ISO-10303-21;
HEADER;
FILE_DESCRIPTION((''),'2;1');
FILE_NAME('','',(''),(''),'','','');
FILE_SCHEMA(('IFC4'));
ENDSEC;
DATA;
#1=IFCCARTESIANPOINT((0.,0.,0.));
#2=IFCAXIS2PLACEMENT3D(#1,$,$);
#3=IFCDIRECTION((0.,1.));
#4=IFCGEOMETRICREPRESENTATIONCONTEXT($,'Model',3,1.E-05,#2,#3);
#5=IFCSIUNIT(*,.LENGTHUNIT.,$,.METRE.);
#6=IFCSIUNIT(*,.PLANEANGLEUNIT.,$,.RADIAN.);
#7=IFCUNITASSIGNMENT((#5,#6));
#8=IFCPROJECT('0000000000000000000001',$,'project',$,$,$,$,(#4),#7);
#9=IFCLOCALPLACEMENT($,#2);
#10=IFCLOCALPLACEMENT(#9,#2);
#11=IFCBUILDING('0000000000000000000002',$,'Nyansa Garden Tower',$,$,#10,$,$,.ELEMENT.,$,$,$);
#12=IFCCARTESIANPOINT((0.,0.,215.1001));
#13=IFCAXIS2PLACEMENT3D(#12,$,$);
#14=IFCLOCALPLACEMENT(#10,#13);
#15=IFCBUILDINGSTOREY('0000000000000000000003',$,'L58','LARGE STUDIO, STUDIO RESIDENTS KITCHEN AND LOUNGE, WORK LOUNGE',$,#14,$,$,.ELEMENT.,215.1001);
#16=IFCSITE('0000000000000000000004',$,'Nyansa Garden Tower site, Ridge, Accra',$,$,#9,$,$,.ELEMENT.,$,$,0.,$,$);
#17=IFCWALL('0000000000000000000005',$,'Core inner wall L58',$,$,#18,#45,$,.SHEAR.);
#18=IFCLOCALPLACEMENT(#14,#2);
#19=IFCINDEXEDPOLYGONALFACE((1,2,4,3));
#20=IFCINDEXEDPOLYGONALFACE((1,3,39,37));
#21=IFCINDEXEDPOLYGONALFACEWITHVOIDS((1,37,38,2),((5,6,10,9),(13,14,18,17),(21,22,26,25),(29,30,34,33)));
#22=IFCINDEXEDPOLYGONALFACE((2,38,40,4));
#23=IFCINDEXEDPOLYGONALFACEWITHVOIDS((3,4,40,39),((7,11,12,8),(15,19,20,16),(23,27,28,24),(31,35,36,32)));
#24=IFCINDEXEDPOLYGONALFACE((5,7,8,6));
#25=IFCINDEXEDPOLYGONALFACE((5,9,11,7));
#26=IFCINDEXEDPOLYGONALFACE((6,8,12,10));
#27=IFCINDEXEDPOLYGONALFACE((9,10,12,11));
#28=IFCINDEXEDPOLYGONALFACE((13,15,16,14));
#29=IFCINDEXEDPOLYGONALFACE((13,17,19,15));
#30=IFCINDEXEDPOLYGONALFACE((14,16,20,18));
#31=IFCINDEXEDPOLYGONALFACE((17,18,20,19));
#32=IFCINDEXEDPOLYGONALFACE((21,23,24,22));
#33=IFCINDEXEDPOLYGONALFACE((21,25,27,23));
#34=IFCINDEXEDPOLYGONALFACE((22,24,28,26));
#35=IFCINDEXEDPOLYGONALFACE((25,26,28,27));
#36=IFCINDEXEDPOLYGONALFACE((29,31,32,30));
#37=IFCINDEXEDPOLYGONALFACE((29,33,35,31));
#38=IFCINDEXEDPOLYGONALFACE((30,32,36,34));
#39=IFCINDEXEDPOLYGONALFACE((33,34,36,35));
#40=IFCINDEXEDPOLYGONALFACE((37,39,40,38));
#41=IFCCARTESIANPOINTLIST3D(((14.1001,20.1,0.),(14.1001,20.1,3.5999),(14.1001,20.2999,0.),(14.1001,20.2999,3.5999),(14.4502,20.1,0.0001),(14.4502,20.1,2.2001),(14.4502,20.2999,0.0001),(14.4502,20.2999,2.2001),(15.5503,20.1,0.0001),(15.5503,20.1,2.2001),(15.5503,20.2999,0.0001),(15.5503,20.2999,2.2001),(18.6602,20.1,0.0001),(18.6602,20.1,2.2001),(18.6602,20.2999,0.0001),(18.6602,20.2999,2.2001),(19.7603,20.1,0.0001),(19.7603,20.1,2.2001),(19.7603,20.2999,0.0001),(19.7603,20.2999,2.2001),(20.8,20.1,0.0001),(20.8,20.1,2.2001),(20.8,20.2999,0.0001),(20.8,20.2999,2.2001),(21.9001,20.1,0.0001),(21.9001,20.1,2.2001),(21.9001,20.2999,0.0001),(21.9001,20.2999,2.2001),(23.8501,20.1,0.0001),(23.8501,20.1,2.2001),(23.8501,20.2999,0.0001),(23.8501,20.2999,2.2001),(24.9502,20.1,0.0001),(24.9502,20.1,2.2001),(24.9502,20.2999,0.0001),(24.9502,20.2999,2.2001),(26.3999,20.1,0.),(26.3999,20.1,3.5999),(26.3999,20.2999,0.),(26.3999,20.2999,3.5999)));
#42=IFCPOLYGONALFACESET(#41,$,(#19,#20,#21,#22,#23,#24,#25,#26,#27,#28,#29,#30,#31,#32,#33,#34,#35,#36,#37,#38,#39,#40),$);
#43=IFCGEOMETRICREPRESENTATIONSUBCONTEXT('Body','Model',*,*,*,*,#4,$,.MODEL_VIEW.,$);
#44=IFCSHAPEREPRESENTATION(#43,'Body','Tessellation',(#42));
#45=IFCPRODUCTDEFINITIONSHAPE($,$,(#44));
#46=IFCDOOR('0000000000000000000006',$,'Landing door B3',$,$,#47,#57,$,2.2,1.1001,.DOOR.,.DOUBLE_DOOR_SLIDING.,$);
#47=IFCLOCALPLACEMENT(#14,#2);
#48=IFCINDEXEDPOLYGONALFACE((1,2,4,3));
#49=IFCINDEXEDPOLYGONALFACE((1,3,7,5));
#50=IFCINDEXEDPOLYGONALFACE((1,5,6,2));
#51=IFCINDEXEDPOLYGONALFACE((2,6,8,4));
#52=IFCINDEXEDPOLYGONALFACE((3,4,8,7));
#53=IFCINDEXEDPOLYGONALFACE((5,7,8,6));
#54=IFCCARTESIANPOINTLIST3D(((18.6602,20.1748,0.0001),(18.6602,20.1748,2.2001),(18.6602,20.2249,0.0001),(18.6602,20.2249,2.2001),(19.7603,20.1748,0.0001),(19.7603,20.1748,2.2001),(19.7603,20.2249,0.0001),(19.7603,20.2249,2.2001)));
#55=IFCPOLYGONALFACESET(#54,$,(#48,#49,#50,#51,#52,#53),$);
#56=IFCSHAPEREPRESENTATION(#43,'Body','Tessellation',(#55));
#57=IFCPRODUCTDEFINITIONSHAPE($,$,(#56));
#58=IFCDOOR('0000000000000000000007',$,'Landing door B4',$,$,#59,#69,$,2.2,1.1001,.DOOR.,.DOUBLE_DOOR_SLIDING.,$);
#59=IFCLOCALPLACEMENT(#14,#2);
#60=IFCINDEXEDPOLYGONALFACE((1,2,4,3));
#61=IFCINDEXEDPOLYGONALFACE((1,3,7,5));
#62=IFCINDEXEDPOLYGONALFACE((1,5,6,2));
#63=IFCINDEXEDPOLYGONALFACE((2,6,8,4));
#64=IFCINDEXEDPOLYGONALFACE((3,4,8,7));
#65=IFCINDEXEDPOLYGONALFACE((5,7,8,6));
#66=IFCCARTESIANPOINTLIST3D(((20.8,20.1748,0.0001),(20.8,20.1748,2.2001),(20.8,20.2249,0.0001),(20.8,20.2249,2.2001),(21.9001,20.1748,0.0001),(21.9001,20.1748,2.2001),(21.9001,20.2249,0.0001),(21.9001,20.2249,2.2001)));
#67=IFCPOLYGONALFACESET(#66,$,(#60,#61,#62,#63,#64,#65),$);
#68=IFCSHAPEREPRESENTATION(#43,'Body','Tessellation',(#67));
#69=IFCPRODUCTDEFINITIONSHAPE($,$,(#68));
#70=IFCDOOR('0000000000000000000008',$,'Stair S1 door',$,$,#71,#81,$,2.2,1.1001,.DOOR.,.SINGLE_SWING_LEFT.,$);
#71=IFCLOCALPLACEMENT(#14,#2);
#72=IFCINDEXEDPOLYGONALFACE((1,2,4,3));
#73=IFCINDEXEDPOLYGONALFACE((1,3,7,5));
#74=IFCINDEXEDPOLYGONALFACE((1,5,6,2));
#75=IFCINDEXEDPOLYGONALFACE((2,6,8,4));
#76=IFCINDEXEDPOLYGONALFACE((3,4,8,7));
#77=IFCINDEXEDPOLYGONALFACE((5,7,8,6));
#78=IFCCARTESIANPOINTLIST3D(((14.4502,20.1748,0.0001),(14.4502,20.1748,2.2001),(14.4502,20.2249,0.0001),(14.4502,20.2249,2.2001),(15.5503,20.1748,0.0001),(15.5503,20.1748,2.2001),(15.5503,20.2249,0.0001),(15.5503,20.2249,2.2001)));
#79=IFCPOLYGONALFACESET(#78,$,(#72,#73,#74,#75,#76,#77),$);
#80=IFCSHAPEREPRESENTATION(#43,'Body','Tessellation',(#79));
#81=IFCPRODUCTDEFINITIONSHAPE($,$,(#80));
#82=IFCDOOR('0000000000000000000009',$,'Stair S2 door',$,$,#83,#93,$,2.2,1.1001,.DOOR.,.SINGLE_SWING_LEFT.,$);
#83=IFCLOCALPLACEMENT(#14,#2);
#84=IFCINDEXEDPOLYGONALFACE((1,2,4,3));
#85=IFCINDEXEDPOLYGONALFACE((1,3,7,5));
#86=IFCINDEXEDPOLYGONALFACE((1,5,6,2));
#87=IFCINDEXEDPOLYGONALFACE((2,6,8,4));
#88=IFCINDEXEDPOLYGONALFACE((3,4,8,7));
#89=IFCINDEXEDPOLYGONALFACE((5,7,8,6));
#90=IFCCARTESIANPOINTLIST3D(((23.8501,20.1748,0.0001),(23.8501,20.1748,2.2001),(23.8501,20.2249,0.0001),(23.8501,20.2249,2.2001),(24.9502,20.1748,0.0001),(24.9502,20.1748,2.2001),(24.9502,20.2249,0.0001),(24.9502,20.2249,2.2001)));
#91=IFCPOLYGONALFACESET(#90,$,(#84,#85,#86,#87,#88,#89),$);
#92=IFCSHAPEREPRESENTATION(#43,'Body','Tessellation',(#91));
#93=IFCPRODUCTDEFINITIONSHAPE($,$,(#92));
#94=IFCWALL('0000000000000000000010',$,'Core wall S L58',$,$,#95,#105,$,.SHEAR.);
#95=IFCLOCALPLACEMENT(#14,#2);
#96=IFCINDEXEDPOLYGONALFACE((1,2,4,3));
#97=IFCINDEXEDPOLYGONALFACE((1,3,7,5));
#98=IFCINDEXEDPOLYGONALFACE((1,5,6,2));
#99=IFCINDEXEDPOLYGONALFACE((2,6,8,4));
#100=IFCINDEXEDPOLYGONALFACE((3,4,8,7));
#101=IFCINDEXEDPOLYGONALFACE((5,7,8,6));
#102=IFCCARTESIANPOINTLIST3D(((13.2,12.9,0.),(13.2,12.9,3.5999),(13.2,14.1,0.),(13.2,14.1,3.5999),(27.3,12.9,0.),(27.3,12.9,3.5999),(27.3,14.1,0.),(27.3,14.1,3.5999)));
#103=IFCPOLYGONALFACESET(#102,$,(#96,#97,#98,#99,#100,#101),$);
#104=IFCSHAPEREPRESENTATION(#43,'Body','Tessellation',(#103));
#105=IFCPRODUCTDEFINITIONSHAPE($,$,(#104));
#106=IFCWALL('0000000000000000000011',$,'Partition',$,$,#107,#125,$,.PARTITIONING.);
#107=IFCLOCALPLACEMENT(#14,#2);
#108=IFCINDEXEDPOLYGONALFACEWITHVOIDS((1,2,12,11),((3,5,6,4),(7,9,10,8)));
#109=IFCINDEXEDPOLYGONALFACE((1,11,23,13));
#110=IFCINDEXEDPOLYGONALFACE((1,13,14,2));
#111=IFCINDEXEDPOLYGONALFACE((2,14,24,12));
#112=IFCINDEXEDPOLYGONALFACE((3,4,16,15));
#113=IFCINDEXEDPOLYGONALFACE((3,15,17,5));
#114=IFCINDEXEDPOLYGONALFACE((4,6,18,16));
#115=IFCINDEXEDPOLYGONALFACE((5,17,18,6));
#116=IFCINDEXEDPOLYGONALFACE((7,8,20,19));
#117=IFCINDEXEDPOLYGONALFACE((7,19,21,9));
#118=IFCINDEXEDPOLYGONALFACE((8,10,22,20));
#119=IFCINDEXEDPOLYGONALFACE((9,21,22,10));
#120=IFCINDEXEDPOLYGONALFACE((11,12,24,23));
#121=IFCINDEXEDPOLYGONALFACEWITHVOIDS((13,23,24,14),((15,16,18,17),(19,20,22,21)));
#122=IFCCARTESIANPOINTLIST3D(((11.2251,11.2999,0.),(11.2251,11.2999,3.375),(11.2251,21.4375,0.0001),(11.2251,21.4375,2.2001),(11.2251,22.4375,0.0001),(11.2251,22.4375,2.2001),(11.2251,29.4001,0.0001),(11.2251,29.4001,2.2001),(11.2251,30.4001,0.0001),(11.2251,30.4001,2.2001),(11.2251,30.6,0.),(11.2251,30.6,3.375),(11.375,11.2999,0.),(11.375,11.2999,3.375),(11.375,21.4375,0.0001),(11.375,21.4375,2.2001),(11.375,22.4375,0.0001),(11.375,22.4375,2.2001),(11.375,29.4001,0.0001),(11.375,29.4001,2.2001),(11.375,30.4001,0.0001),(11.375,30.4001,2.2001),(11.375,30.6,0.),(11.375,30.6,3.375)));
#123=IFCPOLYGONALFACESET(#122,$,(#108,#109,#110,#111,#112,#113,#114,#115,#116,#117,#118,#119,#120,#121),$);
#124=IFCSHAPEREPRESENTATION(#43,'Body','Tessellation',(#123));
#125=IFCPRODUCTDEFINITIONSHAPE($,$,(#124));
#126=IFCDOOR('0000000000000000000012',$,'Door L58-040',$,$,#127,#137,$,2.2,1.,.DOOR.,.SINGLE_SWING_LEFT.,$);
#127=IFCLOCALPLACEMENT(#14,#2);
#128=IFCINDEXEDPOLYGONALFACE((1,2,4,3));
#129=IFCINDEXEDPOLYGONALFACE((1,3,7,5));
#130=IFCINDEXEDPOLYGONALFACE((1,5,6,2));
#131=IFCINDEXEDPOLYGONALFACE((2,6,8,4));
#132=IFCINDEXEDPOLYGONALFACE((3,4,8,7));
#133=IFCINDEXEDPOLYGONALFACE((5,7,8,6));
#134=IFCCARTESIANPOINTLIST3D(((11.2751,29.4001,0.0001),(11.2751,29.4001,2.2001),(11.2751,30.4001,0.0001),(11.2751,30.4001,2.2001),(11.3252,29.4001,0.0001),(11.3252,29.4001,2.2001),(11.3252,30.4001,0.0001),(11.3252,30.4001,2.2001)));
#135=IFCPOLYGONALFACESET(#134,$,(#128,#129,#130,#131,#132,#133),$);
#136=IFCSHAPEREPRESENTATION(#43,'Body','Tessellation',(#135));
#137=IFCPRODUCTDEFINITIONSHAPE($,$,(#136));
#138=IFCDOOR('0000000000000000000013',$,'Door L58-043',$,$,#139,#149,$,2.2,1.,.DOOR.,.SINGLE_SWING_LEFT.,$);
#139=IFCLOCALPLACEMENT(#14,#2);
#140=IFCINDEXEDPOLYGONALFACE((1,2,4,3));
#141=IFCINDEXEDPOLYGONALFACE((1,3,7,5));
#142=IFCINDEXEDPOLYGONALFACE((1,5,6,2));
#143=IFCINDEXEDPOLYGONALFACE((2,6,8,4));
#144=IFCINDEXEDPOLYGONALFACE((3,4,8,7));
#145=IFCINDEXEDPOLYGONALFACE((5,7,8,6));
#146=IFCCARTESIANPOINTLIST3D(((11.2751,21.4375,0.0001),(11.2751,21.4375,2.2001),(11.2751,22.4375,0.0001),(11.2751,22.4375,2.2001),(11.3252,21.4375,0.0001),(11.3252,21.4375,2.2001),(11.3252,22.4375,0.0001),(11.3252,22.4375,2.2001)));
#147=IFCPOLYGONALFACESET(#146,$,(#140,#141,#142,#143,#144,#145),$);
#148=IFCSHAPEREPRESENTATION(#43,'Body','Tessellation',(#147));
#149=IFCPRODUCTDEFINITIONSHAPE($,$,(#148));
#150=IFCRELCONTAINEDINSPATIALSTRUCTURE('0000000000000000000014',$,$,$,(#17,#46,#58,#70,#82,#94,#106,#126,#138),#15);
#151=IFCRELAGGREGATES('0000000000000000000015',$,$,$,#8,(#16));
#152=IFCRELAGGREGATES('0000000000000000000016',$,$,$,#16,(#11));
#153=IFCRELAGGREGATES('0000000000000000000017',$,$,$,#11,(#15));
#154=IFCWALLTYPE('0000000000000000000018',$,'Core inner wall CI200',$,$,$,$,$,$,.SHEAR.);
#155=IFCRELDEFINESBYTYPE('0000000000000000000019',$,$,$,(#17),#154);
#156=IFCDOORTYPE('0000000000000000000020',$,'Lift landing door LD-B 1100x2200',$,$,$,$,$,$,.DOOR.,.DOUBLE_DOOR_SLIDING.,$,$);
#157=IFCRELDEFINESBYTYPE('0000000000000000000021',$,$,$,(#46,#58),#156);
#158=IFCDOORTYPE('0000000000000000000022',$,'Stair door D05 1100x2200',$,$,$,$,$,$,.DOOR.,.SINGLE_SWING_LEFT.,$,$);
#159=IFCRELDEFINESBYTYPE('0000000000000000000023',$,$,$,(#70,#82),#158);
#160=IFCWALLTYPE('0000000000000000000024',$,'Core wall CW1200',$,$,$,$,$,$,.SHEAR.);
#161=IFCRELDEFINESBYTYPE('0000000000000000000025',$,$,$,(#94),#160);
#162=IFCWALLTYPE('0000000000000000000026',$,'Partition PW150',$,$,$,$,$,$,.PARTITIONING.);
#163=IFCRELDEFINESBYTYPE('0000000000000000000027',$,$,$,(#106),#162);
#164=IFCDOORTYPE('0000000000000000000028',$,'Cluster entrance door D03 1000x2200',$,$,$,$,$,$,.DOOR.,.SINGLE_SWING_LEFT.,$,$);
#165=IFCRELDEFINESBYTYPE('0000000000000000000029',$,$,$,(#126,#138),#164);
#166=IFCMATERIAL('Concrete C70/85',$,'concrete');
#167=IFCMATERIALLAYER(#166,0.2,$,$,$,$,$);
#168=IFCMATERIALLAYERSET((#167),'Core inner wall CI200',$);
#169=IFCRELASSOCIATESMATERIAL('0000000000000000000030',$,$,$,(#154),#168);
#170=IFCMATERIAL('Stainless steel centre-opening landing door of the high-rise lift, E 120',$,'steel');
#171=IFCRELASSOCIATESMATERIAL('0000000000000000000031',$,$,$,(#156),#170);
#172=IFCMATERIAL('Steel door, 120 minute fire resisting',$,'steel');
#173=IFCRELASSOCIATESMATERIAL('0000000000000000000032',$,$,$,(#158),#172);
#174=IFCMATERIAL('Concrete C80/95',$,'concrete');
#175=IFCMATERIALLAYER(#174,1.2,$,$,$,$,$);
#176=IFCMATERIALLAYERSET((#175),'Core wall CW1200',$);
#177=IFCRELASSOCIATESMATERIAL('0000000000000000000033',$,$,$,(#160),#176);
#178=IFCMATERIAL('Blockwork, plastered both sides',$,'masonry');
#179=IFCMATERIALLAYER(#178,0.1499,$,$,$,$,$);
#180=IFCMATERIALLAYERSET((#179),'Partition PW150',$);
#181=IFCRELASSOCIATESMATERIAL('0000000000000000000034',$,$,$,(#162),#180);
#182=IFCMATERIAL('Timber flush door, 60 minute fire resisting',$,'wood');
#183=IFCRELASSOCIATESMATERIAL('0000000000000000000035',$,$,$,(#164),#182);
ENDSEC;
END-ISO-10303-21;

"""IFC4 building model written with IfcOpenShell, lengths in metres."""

from ifc_helpers import new_model, si_unit, direction, frame, frame_2d, origin, place, context, subcontext, project, spatial, rectangle, extrude, material, layer, layer_set, type_object, element, fill, save


model = new_model("IFC4")

# Units and contexts
model_context = context("Model", 3, precision=1e-05, world=origin(), true_north=direction((0.0, 1.0)))
body_context = subcontext(model_context, "Body", "Model", "MODEL_VIEW")
ifc_project = project(units=[si_unit("LENGTHUNIT", "METRE"), si_unit("PLANEANGLEUNIT", "RADIAN")], contexts=[model_context])

# Site, building, storey
site_placement = place(None, origin())
site = spatial("IfcSite", under=ifc_project, at=site_placement, Name="Nyansa Garden Tower site, Ridge, Accra", CompositionType="ELEMENT", RefElevation=0.0)
building_placement = place(site_placement, origin())
building = spatial("IfcBuilding", under=site, at=building_placement, Name="Nyansa Garden Tower", CompositionType="ELEMENT")
storey_placement = place(building_placement, frame((0.0, 0.0, 215.1001)))
storey = spatial("IfcBuildingStorey", under=building, at=storey_placement, Name="L58", Description="LARGE STUDIO, STUDIO RESIDENTS KITCHEN AND LOUNGE, WORK LOUNGE", CompositionType="ELEMENT", Elevation=215.1001)

# Wall, openings, doors
ifc_material_1 = material(Name="Concrete C70/85", Category="concrete")
ifc_layer_1 = layer(ifc_material_1, 0.2)
ifc_layer_set_1 = layer_set([ifc_layer_1], Name="Core inner wall CI200")
wall_type_1 = type_object("IfcWallType", Name="Core inner wall CI200", PredefinedType="SHEAR", material=ifc_layer_set_1)
ifc_material_2 = material(Name="Stainless steel centre-opening landing door of the high-rise lift, E 120", Category="steel")
door_type_1 = type_object("IfcDoorType", Name="Lift landing door LD-B 1100x2200", OperationType="DOUBLE_DOOR_SLIDING", PredefinedType="DOOR", material=ifc_material_2)
wall_1_placement = place(storey_placement, frame((14.1001, 20.2, 0.0), z_axis=(0.0, 0.0, 1.0), x_axis=(1.0, 0.0, 0.0)))
wall_1 = element("IfcWall", 1, at=wall_1_placement, inside=storey, type_object=wall_type_1, Name="Core inner wall L58", PredefinedType="SHEAR", context=body_context, shape_type="SweptSolid", body=[
    extrude(rectangle(XDim=12.2998, YDim=0.2, at=frame_2d((6.1499, 0.0))), origin(), (0.0, 0.0, 1.0), 3.5999),
])
opening_1_placement = place(wall_1_placement, frame((4.5601, 0.0, 0.0)))
opening_1 = element("IfcOpeningElement", 2, at=opening_1_placement, cuts=wall_1, PredefinedType="OPENING", context=body_context, shape_type="SweptSolid", body=[
    extrude(rectangle(XDim=1.1001, YDim=2.2, at=frame_2d((0.55, 1.1001))), frame((0.0, 0.1099, 0.0), z_axis=(0.0, -1.0, 0.0), x_axis=(1.0, 0.0, 0.0)), (0.0, 0.0, 1.0), 0.22),
])
opening_2_placement = place(wall_1_placement, frame((6.7, 0.0, 0.0)))
opening_2 = element("IfcOpeningElement", 3, at=opening_2_placement, cuts=wall_1, PredefinedType="OPENING", context=body_context, shape_type="SweptSolid", body=[
    extrude(rectangle(XDim=1.1001, YDim=2.2, at=frame_2d((0.55, 1.1001))), frame((0.0, 0.1099, 0.0), z_axis=(0.0, -1.0, 0.0), x_axis=(1.0, 0.0, 0.0)), (0.0, 0.0, 1.0), 0.22),
])
opening_3_placement = place(wall_1_placement, frame((0.3501, 0.0, 0.0)))
opening_3 = element("IfcOpeningElement", 4, at=opening_3_placement, cuts=wall_1, PredefinedType="OPENING", context=body_context, shape_type="SweptSolid", body=[
    extrude(rectangle(XDim=1.1001, YDim=2.2, at=frame_2d((0.55, 1.1001))), frame((0.0, 0.1099, 0.0), z_axis=(0.0, -1.0, 0.0), x_axis=(1.0, 0.0, 0.0)), (0.0, 0.0, 1.0), 0.22),
])
opening_4_placement = place(wall_1_placement, frame((9.75, 0.0, 0.0)))
opening_4 = element("IfcOpeningElement", 5, at=opening_4_placement, cuts=wall_1, PredefinedType="OPENING", context=body_context, shape_type="SweptSolid", body=[
    extrude(rectangle(XDim=1.1001, YDim=2.2, at=frame_2d((0.55, 1.1001))), frame((0.0, 0.1099, 0.0), z_axis=(0.0, -1.0, 0.0), x_axis=(1.0, 0.0, 0.0)), (0.0, 0.0, 1.0), 0.22),
])
door_1_placement = place(opening_1_placement, origin())
door_1 = element("IfcDoor", 6, at=door_1_placement, inside=storey, type_object=door_type_1, Name="Landing door B3", OperationType="DOUBLE_DOOR_SLIDING", OverallHeight=2.2, OverallWidth=1.1001, PredefinedType="DOOR", context=body_context, shape_type="SweptSolid", body=[
    extrude(rectangle(XDim=1.1001, YDim=2.2, at=frame_2d((0.55, 1.1001))), frame((0.0, 0.0249, 0.0), z_axis=(0.0, -1.0, 0.0), x_axis=(1.0, 0.0, 0.0)), (0.0, 0.0, 1.0), 0.05),
])
fill(opening_1, door_1)
door_2_placement = place(opening_2_placement, origin())
door_2 = element("IfcDoor", 7, at=door_2_placement, inside=storey, type_object=door_type_1, Name="Landing door B4", OperationType="DOUBLE_DOOR_SLIDING", OverallHeight=2.2, OverallWidth=1.1001, PredefinedType="DOOR", context=body_context, shape_type="SweptSolid", body=[
    extrude(rectangle(XDim=1.1001, YDim=2.2, at=frame_2d((0.55, 1.1001))), frame((0.0, 0.0249, 0.0), z_axis=(0.0, -1.0, 0.0), x_axis=(1.0, 0.0, 0.0)), (0.0, 0.0, 1.0), 0.05),
])
fill(opening_2, door_2)
ifc_material_3 = material(Name="Steel door, 120 minute fire resisting", Category="steel")
door_type_2 = type_object("IfcDoorType", Name="Stair door D05 1100x2200", OperationType="SINGLE_SWING_LEFT", PredefinedType="DOOR", material=ifc_material_3)
door_3_placement = place(opening_3_placement, origin())
door_3 = element("IfcDoor", 8, at=door_3_placement, inside=storey, type_object=door_type_2, Name="Stair S1 door", OperationType="SINGLE_SWING_LEFT", OverallHeight=2.2, OverallWidth=1.1001, PredefinedType="DOOR", context=body_context, shape_type="SweptSolid", body=[
    extrude(rectangle(XDim=1.1001, YDim=2.2, at=frame_2d((0.55, 1.1001))), frame((0.0, 0.0249, 0.0), z_axis=(0.0, -1.0, 0.0), x_axis=(1.0, 0.0, 0.0)), (0.0, 0.0, 1.0), 0.05),
])
fill(opening_3, door_3)
door_4_placement = place(opening_4_placement, origin())
door_4 = element("IfcDoor", 9, at=door_4_placement, inside=storey, type_object=door_type_2, Name="Stair S2 door", OperationType="SINGLE_SWING_LEFT", OverallHeight=2.2, OverallWidth=1.1001, PredefinedType="DOOR", context=body_context, shape_type="SweptSolid", body=[
    extrude(rectangle(XDim=1.1001, YDim=2.2, at=frame_2d((0.55, 1.1001))), frame((0.0, 0.0249, 0.0), z_axis=(0.0, -1.0, 0.0), x_axis=(1.0, 0.0, 0.0)), (0.0, 0.0, 1.0), 0.05),
])
fill(opening_4, door_4)

# Wall
ifc_material_4 = material(Name="Concrete C80/95", Category="concrete")
ifc_layer_2 = layer(ifc_material_4, 1.2)
ifc_layer_set_2 = layer_set([ifc_layer_2], Name="Core wall CW1200")
wall_type_2 = type_object("IfcWallType", Name="Core wall CW1200", PredefinedType="SHEAR", material=ifc_layer_set_2)
wall_2_placement = place(storey_placement, frame((13.2, 13.5, 0.0), z_axis=(0.0, 0.0, 1.0), x_axis=(1.0, 0.0, 0.0)))
element("IfcWall", 10, at=wall_2_placement, inside=storey, type_object=wall_type_2, Name="Core wall S L58", PredefinedType="SHEAR", context=body_context, shape_type="SweptSolid", body=[
    extrude(rectangle(XDim=14.1001, YDim=1.2, at=frame_2d((7.05, 0.0))), origin(), (0.0, 0.0, 1.0), 3.5999),
])

# Wall, openings, doors
ifc_material_5 = material(Name="Blockwork, plastered both sides", Category="masonry")
ifc_layer_3 = layer(ifc_material_5, 0.1499)
ifc_layer_set_3 = layer_set([ifc_layer_3], Name="Partition PW150")
wall_type_3 = type_object("IfcWallType", Name="Partition PW150", PredefinedType="PARTITIONING", material=ifc_layer_set_3)
wall_3_placement = place(storey_placement, frame((11.3, 11.3, 0.0), z_axis=(0.0, 0.0, 1.0), x_axis=(0.0, 1.0, 0.0)))
wall_3 = element("IfcWall", 11, at=wall_3_placement, inside=storey, type_object=wall_type_3, Name="Partition", PredefinedType="PARTITIONING", context=body_context, shape_type="SweptSolid", body=[
    extrude(rectangle(XDim=19.3, YDim=0.1499, at=frame_2d((9.6499, 0.0))), origin(), (0.0, 0.0, 1.0), 3.375),
])
opening_5_placement = place(wall_3_placement, frame((18.1001, 0.0, 0.0)))
opening_5 = element("IfcOpeningElement", 12, at=opening_5_placement, cuts=wall_3, PredefinedType="OPENING", context=body_context, shape_type="SweptSolid", body=[
    extrude(rectangle(XDim=1.0, YDim=2.2, at=frame_2d((0.5, 1.1001))), frame((0.0, 0.085, 0.0), z_axis=(0.0, -1.0, 0.0), x_axis=(1.0, 0.0, 0.0)), (0.0, 0.0, 1.0), 0.1699),
])
opening_6_placement = place(wall_3_placement, frame((10.1375, 0.0, 0.0)))
opening_6 = element("IfcOpeningElement", 13, at=opening_6_placement, cuts=wall_3, PredefinedType="OPENING", context=body_context, shape_type="SweptSolid", body=[
    extrude(rectangle(XDim=1.0, YDim=2.2, at=frame_2d((0.5, 1.1001))), frame((0.0, 0.085, 0.0), z_axis=(0.0, -1.0, 0.0), x_axis=(1.0, 0.0, 0.0)), (0.0, 0.0, 1.0), 0.1699),
])
ifc_material_6 = material(Name="Timber flush door, 60 minute fire resisting", Category="wood")
door_type_3 = type_object("IfcDoorType", Name="Cluster entrance door D03 1000x2200", OperationType="SINGLE_SWING_LEFT", PredefinedType="DOOR", material=ifc_material_6)
door_5_placement = place(opening_5_placement, origin())
door_5 = element("IfcDoor", 14, at=door_5_placement, inside=storey, type_object=door_type_3, Name="Door L58-040", OperationType="SINGLE_SWING_LEFT", OverallHeight=2.2, OverallWidth=1.0, PredefinedType="DOOR", context=body_context, shape_type="SweptSolid", body=[
    extrude(rectangle(XDim=1.0, YDim=2.2, at=frame_2d((0.5, 1.1001))), frame((0.0, 0.0249, 0.0), z_axis=(0.0, -1.0, 0.0), x_axis=(1.0, 0.0, 0.0)), (0.0, 0.0, 1.0), 0.05),
])
fill(opening_5, door_5)
door_6_placement = place(opening_6_placement, origin())
door_6 = element("IfcDoor", 15, at=door_6_placement, inside=storey, type_object=door_type_3, Name="Door L58-043", OperationType="SINGLE_SWING_LEFT", OverallHeight=2.2, OverallWidth=1.0, PredefinedType="DOOR", context=body_context, shape_type="SweptSolid", body=[
    extrude(rectangle(XDim=1.0, YDim=2.2, at=frame_2d((0.5, 1.1001))), frame((0.0, 0.0249, 0.0), z_axis=(0.0, -1.0, 0.0), x_axis=(1.0, 0.0, 0.0)), (0.0, 0.0, 1.0), 0.05),
])
fill(opening_6, door_6)

save(model, "model.ifc")
